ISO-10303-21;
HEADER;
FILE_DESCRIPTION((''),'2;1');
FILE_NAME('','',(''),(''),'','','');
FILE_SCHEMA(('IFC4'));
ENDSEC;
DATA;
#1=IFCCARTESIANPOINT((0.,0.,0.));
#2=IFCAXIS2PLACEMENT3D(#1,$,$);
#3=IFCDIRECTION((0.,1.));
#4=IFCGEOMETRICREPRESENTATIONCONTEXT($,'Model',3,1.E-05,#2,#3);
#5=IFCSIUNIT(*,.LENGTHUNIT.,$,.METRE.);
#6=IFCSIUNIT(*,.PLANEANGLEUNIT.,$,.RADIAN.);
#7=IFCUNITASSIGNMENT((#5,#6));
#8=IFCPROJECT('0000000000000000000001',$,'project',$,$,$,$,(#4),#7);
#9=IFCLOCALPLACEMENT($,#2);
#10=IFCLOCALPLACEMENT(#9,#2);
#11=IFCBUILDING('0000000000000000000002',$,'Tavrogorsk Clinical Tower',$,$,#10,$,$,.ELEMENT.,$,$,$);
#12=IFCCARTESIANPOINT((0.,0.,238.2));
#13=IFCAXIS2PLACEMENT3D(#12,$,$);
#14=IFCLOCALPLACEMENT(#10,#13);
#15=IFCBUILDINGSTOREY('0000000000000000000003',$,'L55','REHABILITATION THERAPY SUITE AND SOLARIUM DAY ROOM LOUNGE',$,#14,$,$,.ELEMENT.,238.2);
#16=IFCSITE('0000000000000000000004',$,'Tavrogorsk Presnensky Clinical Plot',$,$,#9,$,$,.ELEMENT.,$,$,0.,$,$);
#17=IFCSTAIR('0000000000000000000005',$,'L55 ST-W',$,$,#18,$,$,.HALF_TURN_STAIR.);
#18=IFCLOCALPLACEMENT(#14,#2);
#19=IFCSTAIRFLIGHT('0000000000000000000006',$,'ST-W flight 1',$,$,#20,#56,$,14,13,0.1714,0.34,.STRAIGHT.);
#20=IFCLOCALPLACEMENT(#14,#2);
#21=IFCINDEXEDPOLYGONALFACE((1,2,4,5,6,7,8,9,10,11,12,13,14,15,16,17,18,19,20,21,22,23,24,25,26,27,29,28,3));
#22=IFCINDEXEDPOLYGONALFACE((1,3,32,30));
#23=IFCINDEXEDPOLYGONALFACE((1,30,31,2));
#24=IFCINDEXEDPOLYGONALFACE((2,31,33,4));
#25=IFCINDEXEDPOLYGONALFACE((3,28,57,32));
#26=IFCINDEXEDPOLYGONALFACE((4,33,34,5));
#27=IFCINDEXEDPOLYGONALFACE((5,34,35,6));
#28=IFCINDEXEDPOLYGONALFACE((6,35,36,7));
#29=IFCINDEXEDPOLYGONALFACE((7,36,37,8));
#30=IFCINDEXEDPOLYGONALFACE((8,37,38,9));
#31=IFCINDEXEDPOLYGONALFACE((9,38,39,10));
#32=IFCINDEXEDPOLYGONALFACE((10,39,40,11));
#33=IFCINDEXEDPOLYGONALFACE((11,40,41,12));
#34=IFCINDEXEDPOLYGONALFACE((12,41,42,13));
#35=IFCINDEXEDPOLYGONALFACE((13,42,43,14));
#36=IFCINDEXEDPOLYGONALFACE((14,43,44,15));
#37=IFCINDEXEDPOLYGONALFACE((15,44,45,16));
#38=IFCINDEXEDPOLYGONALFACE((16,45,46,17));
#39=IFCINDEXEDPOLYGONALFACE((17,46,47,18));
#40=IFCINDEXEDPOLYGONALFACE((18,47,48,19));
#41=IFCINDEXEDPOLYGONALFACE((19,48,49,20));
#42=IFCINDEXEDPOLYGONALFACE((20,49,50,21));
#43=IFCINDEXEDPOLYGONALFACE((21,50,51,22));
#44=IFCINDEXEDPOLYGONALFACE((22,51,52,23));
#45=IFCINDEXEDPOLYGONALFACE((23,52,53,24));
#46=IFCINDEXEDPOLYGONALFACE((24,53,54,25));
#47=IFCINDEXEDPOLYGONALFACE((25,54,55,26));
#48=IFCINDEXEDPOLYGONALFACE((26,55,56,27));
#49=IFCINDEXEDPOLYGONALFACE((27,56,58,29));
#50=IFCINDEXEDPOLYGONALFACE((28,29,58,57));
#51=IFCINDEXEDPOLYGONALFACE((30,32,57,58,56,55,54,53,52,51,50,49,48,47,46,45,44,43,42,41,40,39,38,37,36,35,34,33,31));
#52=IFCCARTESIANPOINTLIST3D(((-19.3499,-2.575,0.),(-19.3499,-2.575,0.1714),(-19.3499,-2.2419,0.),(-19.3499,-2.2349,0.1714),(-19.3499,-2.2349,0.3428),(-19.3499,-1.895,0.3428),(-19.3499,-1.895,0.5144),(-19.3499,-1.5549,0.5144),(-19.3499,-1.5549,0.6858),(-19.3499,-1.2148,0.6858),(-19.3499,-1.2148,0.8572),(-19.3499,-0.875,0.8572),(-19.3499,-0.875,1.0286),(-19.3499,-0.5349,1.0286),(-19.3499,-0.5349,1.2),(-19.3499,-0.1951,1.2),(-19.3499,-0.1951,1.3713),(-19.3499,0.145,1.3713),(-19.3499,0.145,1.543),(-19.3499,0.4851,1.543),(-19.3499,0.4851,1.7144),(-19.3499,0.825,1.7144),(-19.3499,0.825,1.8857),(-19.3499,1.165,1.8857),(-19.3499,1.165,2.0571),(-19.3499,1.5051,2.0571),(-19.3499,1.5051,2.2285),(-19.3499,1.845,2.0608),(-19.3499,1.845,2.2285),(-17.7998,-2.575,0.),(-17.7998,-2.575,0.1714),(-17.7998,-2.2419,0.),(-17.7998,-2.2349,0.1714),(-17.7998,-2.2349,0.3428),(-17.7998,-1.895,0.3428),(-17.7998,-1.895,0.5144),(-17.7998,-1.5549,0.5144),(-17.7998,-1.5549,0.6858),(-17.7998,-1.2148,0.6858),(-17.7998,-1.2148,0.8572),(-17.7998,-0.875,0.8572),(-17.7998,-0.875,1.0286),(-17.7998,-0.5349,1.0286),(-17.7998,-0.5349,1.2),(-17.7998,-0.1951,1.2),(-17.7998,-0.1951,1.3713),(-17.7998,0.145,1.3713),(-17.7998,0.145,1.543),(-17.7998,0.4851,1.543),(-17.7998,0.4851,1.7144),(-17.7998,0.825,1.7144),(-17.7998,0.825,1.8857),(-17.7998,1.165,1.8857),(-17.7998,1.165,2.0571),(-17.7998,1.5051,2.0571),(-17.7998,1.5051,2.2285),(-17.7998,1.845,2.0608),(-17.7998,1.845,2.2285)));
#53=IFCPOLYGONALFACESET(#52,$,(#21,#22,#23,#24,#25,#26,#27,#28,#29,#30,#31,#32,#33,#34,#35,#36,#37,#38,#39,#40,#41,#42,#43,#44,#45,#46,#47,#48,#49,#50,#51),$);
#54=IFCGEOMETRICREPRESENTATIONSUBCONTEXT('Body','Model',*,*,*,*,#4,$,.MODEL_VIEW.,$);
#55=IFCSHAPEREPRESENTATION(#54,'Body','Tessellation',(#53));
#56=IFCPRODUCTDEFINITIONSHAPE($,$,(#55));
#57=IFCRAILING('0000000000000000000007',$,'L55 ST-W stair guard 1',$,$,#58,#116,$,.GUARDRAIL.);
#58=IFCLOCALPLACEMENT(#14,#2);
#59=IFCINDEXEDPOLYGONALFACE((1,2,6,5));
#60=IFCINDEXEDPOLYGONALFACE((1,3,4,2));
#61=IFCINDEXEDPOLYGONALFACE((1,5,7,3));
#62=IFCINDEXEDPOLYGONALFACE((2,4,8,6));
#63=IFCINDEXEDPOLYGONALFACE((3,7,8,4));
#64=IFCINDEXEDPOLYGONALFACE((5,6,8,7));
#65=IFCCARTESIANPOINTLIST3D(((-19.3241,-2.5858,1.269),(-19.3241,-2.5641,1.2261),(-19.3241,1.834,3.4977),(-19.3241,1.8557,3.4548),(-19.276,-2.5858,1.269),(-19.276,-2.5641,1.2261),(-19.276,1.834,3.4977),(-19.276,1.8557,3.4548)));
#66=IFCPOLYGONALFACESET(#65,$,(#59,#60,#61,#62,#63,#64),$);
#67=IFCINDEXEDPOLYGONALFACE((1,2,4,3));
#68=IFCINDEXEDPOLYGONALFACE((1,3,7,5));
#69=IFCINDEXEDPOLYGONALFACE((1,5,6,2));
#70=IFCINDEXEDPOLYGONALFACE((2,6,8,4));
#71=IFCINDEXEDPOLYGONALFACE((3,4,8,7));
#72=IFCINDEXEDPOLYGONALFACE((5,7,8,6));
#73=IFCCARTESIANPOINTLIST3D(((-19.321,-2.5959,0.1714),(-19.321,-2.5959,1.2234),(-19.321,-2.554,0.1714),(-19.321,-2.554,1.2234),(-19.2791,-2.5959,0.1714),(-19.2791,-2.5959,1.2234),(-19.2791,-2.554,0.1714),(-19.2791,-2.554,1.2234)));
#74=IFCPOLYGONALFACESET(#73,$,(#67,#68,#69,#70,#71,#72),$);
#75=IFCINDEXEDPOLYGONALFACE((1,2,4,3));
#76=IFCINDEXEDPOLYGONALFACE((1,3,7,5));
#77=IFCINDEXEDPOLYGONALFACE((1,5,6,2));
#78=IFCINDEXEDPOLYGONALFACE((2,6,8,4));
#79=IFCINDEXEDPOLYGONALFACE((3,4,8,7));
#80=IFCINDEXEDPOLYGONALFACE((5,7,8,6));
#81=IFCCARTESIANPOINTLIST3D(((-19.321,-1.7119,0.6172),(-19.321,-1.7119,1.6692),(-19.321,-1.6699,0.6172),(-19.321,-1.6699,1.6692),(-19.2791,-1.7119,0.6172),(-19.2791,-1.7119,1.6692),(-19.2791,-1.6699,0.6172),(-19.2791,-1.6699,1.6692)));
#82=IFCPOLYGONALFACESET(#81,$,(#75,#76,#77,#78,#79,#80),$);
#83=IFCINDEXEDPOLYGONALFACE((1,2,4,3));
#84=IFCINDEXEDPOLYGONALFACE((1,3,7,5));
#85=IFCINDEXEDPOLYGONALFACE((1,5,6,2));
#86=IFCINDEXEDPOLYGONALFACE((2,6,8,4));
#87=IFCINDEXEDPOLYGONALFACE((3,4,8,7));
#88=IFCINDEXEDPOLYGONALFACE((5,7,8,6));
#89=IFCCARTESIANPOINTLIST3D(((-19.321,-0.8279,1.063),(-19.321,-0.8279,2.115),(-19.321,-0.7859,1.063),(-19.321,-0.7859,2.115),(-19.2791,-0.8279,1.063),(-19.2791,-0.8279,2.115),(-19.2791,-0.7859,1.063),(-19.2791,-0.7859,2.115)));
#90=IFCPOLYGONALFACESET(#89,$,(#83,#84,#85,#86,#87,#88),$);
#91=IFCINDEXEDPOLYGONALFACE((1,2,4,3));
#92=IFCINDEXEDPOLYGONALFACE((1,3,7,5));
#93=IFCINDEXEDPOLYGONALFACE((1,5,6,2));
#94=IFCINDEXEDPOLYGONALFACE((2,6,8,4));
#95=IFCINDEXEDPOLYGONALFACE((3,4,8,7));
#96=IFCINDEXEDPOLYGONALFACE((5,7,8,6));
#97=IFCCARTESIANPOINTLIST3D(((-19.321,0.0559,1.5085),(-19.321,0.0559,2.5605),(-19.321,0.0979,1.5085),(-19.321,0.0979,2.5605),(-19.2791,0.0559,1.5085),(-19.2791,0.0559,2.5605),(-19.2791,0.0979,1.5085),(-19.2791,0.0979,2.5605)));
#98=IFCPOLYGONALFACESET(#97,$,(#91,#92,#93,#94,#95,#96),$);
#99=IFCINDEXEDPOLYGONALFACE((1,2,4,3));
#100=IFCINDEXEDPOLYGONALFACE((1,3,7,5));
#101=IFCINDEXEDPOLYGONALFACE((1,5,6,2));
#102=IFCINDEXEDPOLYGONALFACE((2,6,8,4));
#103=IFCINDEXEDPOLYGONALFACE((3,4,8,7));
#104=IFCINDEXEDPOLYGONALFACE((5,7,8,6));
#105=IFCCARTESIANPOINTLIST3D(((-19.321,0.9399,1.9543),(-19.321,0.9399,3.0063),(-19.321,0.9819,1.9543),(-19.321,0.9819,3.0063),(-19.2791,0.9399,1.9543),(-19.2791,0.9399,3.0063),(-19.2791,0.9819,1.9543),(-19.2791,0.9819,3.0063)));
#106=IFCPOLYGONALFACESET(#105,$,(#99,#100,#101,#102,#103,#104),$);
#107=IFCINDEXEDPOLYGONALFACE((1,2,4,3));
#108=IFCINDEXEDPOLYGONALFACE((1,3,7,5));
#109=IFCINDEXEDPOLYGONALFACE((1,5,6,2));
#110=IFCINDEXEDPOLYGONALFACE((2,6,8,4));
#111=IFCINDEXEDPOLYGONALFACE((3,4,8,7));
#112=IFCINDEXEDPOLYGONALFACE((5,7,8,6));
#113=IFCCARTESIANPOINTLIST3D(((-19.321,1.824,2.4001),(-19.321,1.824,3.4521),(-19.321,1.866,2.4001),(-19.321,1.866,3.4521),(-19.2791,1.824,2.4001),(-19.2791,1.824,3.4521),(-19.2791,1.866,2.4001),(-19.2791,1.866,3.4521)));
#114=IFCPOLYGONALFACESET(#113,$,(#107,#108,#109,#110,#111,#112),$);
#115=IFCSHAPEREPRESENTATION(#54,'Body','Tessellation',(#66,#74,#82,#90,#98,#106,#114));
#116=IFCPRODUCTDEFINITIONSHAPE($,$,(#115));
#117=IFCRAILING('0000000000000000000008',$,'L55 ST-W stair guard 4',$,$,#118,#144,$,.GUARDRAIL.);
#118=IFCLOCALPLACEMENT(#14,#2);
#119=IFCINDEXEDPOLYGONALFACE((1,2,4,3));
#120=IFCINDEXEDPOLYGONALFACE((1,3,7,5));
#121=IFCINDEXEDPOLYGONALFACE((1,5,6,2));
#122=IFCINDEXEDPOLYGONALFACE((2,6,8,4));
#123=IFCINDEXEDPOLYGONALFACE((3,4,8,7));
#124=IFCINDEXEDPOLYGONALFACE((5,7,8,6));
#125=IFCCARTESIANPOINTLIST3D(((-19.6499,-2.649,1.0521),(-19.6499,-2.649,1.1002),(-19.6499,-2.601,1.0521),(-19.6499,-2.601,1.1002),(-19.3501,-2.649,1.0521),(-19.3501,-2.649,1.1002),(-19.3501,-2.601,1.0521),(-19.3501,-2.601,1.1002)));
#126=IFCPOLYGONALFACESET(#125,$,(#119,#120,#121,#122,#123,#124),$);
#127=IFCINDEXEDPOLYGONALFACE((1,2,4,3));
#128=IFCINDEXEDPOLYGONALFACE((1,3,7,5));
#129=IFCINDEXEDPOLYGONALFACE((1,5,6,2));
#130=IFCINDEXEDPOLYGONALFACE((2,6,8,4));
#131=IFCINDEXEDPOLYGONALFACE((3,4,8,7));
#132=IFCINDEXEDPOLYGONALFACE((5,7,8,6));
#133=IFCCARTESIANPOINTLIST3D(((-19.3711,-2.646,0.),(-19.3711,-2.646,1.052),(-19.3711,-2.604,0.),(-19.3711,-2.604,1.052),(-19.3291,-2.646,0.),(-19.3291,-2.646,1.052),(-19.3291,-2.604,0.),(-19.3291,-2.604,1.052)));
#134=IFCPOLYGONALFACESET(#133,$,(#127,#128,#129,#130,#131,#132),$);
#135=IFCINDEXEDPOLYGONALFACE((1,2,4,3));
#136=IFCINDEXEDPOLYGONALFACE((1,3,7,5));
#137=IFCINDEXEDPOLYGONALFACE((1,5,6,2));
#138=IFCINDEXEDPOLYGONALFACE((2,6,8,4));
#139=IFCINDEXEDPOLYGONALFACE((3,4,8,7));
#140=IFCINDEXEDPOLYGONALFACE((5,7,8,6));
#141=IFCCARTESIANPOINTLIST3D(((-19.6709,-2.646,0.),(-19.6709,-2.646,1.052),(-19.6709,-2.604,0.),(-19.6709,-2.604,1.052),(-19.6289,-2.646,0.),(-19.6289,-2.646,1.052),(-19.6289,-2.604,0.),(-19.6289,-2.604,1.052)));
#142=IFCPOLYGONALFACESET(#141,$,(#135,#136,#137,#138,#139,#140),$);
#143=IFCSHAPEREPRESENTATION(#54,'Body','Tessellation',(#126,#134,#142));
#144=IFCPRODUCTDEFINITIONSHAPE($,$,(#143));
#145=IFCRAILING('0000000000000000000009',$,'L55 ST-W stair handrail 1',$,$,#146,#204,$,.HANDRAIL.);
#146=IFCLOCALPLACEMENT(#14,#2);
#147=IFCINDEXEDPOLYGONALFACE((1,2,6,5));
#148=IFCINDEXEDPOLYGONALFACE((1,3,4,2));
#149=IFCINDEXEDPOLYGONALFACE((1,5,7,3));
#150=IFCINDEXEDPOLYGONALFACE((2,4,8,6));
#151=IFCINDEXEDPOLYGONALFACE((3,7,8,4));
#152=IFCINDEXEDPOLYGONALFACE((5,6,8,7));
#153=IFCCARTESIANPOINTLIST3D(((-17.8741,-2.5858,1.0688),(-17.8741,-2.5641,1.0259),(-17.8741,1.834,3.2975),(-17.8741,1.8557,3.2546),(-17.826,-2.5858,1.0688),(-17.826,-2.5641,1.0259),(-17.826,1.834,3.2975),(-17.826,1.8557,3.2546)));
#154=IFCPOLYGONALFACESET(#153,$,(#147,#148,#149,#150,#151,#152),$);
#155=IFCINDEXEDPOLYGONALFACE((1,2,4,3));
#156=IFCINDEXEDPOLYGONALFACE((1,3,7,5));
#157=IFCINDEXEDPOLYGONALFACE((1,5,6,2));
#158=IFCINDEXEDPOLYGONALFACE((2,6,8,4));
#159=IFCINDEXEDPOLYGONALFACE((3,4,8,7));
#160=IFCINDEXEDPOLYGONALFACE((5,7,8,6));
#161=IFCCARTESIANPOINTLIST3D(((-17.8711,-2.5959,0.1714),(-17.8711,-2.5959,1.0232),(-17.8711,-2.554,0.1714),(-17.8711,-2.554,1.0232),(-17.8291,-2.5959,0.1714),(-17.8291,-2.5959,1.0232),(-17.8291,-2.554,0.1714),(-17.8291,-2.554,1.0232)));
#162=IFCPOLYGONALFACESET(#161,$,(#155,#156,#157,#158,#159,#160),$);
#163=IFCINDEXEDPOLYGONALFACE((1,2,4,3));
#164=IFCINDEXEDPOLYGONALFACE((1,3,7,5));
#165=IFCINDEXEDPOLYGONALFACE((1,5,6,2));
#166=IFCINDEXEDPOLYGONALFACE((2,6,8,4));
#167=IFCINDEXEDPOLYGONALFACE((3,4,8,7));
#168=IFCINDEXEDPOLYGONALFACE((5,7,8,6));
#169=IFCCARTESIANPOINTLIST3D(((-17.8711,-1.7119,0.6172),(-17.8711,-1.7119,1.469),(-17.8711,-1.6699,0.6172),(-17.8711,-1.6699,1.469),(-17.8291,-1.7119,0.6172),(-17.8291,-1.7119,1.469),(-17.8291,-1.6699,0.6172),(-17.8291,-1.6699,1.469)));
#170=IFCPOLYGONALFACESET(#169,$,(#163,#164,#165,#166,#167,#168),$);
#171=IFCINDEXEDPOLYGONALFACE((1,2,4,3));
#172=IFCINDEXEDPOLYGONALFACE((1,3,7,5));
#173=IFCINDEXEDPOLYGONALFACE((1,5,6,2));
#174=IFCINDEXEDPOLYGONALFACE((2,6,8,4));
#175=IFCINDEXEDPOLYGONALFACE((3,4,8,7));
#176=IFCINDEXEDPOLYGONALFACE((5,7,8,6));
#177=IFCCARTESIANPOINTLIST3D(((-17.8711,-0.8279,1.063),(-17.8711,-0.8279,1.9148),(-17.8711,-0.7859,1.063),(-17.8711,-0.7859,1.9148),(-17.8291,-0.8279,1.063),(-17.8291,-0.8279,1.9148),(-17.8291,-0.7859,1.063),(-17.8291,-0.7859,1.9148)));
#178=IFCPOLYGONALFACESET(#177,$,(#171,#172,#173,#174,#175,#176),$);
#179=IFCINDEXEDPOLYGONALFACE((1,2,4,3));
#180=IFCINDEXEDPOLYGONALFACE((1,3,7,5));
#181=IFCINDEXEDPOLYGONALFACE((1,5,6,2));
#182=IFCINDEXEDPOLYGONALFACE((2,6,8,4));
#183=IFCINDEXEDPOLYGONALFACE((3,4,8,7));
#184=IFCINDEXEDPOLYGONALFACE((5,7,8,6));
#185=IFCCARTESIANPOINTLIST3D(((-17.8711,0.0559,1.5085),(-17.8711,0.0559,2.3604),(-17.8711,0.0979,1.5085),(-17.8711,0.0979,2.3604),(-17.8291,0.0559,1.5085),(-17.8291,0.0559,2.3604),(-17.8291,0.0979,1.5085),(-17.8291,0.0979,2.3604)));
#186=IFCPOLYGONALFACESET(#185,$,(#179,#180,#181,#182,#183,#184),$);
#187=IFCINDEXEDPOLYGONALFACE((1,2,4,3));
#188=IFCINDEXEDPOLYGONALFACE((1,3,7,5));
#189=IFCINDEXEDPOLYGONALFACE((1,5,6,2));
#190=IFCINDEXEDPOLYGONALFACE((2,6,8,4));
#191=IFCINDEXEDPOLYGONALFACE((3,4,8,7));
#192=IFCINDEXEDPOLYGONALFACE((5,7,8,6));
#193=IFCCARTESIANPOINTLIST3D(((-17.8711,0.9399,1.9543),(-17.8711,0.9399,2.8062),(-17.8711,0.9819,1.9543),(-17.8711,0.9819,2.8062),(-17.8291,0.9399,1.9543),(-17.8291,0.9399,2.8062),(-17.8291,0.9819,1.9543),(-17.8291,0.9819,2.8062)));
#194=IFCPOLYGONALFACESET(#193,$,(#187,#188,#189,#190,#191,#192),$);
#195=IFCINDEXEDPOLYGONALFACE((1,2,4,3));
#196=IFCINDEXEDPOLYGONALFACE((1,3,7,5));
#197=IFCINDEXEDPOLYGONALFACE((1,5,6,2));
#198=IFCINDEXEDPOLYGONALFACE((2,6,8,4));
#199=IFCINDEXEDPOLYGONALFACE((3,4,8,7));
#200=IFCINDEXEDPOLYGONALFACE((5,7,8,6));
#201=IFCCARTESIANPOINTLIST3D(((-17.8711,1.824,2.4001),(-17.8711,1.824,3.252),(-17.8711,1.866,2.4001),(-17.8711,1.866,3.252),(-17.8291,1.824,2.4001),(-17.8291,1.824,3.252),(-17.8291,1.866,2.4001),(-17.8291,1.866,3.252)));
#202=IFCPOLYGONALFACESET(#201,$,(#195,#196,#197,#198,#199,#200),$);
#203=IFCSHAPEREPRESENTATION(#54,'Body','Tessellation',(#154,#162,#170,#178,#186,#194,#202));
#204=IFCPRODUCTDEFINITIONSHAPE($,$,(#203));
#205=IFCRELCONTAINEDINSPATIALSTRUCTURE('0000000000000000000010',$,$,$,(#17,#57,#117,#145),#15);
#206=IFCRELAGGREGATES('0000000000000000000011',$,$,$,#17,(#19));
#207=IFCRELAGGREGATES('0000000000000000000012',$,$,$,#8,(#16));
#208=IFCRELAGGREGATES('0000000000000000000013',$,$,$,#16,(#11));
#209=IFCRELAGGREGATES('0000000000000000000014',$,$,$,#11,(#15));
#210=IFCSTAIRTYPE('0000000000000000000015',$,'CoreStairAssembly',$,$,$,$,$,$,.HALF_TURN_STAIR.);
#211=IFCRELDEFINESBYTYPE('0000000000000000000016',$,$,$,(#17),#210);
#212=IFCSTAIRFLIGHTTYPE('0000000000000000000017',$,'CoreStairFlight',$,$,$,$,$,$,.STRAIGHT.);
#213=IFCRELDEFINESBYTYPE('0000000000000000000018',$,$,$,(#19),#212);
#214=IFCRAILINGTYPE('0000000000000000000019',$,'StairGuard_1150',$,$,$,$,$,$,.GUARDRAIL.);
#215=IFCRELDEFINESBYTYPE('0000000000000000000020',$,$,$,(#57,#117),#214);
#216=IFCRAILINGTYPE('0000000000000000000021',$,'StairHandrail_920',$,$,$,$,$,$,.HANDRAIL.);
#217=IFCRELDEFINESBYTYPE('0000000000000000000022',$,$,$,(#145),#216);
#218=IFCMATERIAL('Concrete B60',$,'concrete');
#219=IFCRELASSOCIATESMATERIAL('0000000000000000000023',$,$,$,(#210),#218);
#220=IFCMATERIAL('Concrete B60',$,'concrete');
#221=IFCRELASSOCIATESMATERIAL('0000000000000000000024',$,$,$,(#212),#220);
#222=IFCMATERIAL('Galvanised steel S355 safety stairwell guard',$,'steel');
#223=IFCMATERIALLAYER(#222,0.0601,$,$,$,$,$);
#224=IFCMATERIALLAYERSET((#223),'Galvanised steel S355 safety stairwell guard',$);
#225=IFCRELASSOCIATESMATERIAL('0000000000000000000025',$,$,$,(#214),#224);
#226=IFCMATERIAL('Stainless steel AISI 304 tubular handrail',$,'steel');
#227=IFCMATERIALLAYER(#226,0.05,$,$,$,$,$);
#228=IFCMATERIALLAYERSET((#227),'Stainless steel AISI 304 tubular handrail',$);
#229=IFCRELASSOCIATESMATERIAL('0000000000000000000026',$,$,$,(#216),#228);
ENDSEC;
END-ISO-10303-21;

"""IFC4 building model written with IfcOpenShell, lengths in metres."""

from ifc_helpers import new_model, si_unit, direction, frame, origin, origin_2d, place, context, subcontext, project, spatial, polyline, rectangle, outline, extrude, material, layer, layer_set, type_object, element, aggregate, save


model = new_model("IFC4")

# Units and contexts
model_context = context("Model", 3, precision=1e-05, world=origin(), true_north=direction((0.0, 1.0)))
body_context = subcontext(model_context, "Body", "Model", "MODEL_VIEW")
ifc_project = project(units=[si_unit("LENGTHUNIT", "METRE"), si_unit("PLANEANGLEUNIT", "RADIAN")], contexts=[model_context])

# Site, building, storey
site_placement = place(None, origin())
site = spatial("IfcSite", under=ifc_project, at=site_placement, Name="Tavrogorsk Presnensky Clinical Plot", CompositionType="ELEMENT", RefElevation=0.0)
building_placement = place(site_placement, origin())
building = spatial("IfcBuilding", under=site, at=building_placement, Name="Tavrogorsk Clinical Tower", CompositionType="ELEMENT")
storey_placement = place(building_placement, frame((0.0, 0.0, 238.2)))
storey = spatial("IfcBuildingStorey", under=building, at=storey_placement, Name="L55", Description="REHABILITATION THERAPY SUITE AND SOLARIUM DAY ROOM LOUNGE", CompositionType="ELEMENT", Elevation=238.2)

# Stair, stair flight
ifc_material_1 = material(Name="Concrete B60", Category="concrete")
stair_type = type_object("IfcStairType", Name="CoreStairAssembly", PredefinedType="HALF_TURN_STAIR", material=ifc_material_1)
stair_placement = place(storey_placement, origin())
stair = element("IfcStair", 1, at=stair_placement, inside=storey, type_object=stair_type, Name="L55 ST-W", PredefinedType="HALF_TURN_STAIR")
ifc_material_2 = material(Name="Concrete B60", Category="concrete")
stair_flight_type = type_object("IfcStairFlightType", Name="CoreStairFlight", PredefinedType="STRAIGHT", material=ifc_material_2)
stair_flight_placement = place(storey_placement, frame((-18.575, -2.575, 0.0), z_axis=(0.0, 0.0, 1.0), x_axis=(0.0, 1.0, 0.0)))
stair_flight = element("IfcStairFlight", 2, at=stair_flight_placement, type_object=stair_flight_type, Name="ST-W flight 1", NumberOfRisers=14, NumberOfTreads=13, PredefinedType="STRAIGHT", RiserHeight=0.1714, TreadLength=0.34, context=body_context, shape_type="SweptSolid", body=[
    extrude(outline(polyline([(0.0, 0.0), (0.0, 0.1714), (0.3401, 0.1714), (0.3401, 0.3428), (0.6799, 0.3428), (0.6799, 0.5144), (1.02, 0.5144), (1.02, 0.6858), (1.3601, 0.6858), (1.3601, 0.8572), (1.7, 0.8572), (1.7, 1.0286), (2.04, 1.0286), (2.04, 1.2), (2.3799, 1.2), (2.3799, 1.3713), (2.72, 1.3713), (2.72, 1.543), (3.0601, 1.543), (3.0601, 1.7144), (3.3999, 1.7144), (3.3999, 1.8857), (3.74, 1.8857), (3.74, 2.0571), (4.0801, 2.0571), (4.0801, 2.2285), (4.4199, 2.2285), (4.4199, 2.3999), (4.4199, 2.0608), (0.333, 0.0), (0.0, 0.0)])), frame((0.0, 0.7749, 0.0), z_axis=(0.0, -1.0, 0.0), x_axis=(1.0, 0.0, 0.0)), (0.0, 0.0, 1.0), 1.55),
])
aggregate(stair, [stair_flight])

# Railings
ifc_material_3 = material(Name="Galvanised steel S355 safety stairwell guard", Category="steel")
ifc_layer_1 = layer(ifc_material_3, 0.0601)
ifc_layer_set_1 = layer_set([ifc_layer_1], Name="Galvanised steel S355 safety stairwell guard")
railing_type_1 = type_object("IfcRailingType", Name="StairGuard_1150", PredefinedType="GUARDRAIL", material=ifc_layer_set_1)
railing_1_placement = place(storey_placement, frame((-19.3, -2.575, 0.1714)))
element("IfcRailing", 3, at=railing_1_placement, inside=storey, type_object=railing_type_1, Name="L55 ST-W stair guard 1", PredefinedType="GUARDRAIL", context=body_context, shape_type="SweptSolid", body=[
    extrude(rectangle(XDim=0.0481, YDim=0.0481, at=origin_2d()), frame((0.0, 0.0, 1.0762), z_axis=(0.0, 0.892903, 0.450249), x_axis=(-1.0, 0.0, 0.0)), (0.0, 0.0, 1.0), 4.95),
    extrude(rectangle(XDim=0.042, YDim=0.042, at=origin_2d()), origin(), (0.0, 0.0, 1.0), 1.052),
    extrude(rectangle(XDim=0.042, YDim=0.042, at=origin_2d()), frame((0.0, 0.884, 0.4458)), (0.0, 0.0, 1.0), 1.052),
    extrude(rectangle(XDim=0.042, YDim=0.042, at=origin_2d()), frame((0.0, 1.7681, 0.8916)), (0.0, 0.0, 1.0), 1.052),
    extrude(rectangle(XDim=0.042, YDim=0.042, at=origin_2d()), frame((0.0, 2.6519, 1.3372)), (0.0, 0.0, 1.0), 1.052),
    extrude(rectangle(XDim=0.042, YDim=0.042, at=origin_2d()), frame((0.0, 3.5359, 1.783)), (0.0, 0.0, 1.0), 1.052),
    extrude(rectangle(XDim=0.042, YDim=0.042, at=origin_2d()), frame((0.0, 4.4199, 2.2288)), (0.0, 0.0, 1.0), 1.052),
])
railing_2_placement = place(storey_placement, frame((-19.3501, -2.625, 0.0)))
element("IfcRailing", 4, at=railing_2_placement, inside=storey, type_object=railing_type_1, Name="L55 ST-W stair guard 4", PredefinedType="GUARDRAIL", context=body_context, shape_type="SweptSolid", body=[
    extrude(rectangle(XDim=0.0481, YDim=0.0481, at=origin_2d()), frame((0.0, 0.0, 1.0762), z_axis=(-1.0, 0.0, 0.0), x_axis=(0.0, -1.0, 0.0)), (0.0, 0.0, 1.0), 0.2998),
    extrude(rectangle(XDim=0.042, YDim=0.042, at=origin_2d()), origin(), (0.0, 0.0, 1.0), 1.052),
    extrude(rectangle(XDim=0.042, YDim=0.042, at=origin_2d()), frame((-0.2998, 0.0, 0.0)), (0.0, 0.0, 1.0), 1.052),
])
ifc_material_4 = material(Name="Stainless steel AISI 304 tubular handrail", Category="steel")
ifc_layer_2 = layer(ifc_material_4, 0.05)
ifc_layer_set_2 = layer_set([ifc_layer_2], Name="Stainless steel AISI 304 tubular handrail")
railing_type_2 = type_object("IfcRailingType", Name="StairHandrail_920", PredefinedType="HANDRAIL", material=ifc_layer_set_2)
railing_3_placement = place(storey_placement, frame((-17.8501, -2.575, 0.1714)))
element("IfcRailing", 5, at=railing_3_placement, inside=storey, type_object=railing_type_2, Name="L55 ST-W stair handrail 1", PredefinedType="HANDRAIL", context=body_context, shape_type="SweptSolid", body=[
    extrude(rectangle(XDim=0.0481, YDim=0.0481, at=origin_2d()), frame((0.0, 0.0, 0.876), z_axis=(0.0, 0.892903, 0.450249), x_axis=(-1.0, 0.0, 0.0)), (0.0, 0.0, 1.0), 4.95),
    extrude(rectangle(XDim=0.042, YDim=0.042, at=origin_2d()), origin(), (0.0, 0.0, 1.0), 0.8518),
    extrude(rectangle(XDim=0.042, YDim=0.042, at=origin_2d()), frame((0.0, 0.884, 0.4458)), (0.0, 0.0, 1.0), 0.8518),
    extrude(rectangle(XDim=0.042, YDim=0.042, at=origin_2d()), frame((0.0, 1.7681, 0.8916)), (0.0, 0.0, 1.0), 0.8518),
    extrude(rectangle(XDim=0.042, YDim=0.042, at=origin_2d()), frame((0.0, 2.6519, 1.3372)), (0.0, 0.0, 1.0), 0.8518),
    extrude(rectangle(XDim=0.042, YDim=0.042, at=origin_2d()), frame((0.0, 3.5359, 1.783)), (0.0, 0.0, 1.0), 0.8518),
    extrude(rectangle(XDim=0.042, YDim=0.042, at=origin_2d()), frame((0.0, 4.4199, 2.2288)), (0.0, 0.0, 1.0), 0.8518),
])

save(model, "model.ifc")
